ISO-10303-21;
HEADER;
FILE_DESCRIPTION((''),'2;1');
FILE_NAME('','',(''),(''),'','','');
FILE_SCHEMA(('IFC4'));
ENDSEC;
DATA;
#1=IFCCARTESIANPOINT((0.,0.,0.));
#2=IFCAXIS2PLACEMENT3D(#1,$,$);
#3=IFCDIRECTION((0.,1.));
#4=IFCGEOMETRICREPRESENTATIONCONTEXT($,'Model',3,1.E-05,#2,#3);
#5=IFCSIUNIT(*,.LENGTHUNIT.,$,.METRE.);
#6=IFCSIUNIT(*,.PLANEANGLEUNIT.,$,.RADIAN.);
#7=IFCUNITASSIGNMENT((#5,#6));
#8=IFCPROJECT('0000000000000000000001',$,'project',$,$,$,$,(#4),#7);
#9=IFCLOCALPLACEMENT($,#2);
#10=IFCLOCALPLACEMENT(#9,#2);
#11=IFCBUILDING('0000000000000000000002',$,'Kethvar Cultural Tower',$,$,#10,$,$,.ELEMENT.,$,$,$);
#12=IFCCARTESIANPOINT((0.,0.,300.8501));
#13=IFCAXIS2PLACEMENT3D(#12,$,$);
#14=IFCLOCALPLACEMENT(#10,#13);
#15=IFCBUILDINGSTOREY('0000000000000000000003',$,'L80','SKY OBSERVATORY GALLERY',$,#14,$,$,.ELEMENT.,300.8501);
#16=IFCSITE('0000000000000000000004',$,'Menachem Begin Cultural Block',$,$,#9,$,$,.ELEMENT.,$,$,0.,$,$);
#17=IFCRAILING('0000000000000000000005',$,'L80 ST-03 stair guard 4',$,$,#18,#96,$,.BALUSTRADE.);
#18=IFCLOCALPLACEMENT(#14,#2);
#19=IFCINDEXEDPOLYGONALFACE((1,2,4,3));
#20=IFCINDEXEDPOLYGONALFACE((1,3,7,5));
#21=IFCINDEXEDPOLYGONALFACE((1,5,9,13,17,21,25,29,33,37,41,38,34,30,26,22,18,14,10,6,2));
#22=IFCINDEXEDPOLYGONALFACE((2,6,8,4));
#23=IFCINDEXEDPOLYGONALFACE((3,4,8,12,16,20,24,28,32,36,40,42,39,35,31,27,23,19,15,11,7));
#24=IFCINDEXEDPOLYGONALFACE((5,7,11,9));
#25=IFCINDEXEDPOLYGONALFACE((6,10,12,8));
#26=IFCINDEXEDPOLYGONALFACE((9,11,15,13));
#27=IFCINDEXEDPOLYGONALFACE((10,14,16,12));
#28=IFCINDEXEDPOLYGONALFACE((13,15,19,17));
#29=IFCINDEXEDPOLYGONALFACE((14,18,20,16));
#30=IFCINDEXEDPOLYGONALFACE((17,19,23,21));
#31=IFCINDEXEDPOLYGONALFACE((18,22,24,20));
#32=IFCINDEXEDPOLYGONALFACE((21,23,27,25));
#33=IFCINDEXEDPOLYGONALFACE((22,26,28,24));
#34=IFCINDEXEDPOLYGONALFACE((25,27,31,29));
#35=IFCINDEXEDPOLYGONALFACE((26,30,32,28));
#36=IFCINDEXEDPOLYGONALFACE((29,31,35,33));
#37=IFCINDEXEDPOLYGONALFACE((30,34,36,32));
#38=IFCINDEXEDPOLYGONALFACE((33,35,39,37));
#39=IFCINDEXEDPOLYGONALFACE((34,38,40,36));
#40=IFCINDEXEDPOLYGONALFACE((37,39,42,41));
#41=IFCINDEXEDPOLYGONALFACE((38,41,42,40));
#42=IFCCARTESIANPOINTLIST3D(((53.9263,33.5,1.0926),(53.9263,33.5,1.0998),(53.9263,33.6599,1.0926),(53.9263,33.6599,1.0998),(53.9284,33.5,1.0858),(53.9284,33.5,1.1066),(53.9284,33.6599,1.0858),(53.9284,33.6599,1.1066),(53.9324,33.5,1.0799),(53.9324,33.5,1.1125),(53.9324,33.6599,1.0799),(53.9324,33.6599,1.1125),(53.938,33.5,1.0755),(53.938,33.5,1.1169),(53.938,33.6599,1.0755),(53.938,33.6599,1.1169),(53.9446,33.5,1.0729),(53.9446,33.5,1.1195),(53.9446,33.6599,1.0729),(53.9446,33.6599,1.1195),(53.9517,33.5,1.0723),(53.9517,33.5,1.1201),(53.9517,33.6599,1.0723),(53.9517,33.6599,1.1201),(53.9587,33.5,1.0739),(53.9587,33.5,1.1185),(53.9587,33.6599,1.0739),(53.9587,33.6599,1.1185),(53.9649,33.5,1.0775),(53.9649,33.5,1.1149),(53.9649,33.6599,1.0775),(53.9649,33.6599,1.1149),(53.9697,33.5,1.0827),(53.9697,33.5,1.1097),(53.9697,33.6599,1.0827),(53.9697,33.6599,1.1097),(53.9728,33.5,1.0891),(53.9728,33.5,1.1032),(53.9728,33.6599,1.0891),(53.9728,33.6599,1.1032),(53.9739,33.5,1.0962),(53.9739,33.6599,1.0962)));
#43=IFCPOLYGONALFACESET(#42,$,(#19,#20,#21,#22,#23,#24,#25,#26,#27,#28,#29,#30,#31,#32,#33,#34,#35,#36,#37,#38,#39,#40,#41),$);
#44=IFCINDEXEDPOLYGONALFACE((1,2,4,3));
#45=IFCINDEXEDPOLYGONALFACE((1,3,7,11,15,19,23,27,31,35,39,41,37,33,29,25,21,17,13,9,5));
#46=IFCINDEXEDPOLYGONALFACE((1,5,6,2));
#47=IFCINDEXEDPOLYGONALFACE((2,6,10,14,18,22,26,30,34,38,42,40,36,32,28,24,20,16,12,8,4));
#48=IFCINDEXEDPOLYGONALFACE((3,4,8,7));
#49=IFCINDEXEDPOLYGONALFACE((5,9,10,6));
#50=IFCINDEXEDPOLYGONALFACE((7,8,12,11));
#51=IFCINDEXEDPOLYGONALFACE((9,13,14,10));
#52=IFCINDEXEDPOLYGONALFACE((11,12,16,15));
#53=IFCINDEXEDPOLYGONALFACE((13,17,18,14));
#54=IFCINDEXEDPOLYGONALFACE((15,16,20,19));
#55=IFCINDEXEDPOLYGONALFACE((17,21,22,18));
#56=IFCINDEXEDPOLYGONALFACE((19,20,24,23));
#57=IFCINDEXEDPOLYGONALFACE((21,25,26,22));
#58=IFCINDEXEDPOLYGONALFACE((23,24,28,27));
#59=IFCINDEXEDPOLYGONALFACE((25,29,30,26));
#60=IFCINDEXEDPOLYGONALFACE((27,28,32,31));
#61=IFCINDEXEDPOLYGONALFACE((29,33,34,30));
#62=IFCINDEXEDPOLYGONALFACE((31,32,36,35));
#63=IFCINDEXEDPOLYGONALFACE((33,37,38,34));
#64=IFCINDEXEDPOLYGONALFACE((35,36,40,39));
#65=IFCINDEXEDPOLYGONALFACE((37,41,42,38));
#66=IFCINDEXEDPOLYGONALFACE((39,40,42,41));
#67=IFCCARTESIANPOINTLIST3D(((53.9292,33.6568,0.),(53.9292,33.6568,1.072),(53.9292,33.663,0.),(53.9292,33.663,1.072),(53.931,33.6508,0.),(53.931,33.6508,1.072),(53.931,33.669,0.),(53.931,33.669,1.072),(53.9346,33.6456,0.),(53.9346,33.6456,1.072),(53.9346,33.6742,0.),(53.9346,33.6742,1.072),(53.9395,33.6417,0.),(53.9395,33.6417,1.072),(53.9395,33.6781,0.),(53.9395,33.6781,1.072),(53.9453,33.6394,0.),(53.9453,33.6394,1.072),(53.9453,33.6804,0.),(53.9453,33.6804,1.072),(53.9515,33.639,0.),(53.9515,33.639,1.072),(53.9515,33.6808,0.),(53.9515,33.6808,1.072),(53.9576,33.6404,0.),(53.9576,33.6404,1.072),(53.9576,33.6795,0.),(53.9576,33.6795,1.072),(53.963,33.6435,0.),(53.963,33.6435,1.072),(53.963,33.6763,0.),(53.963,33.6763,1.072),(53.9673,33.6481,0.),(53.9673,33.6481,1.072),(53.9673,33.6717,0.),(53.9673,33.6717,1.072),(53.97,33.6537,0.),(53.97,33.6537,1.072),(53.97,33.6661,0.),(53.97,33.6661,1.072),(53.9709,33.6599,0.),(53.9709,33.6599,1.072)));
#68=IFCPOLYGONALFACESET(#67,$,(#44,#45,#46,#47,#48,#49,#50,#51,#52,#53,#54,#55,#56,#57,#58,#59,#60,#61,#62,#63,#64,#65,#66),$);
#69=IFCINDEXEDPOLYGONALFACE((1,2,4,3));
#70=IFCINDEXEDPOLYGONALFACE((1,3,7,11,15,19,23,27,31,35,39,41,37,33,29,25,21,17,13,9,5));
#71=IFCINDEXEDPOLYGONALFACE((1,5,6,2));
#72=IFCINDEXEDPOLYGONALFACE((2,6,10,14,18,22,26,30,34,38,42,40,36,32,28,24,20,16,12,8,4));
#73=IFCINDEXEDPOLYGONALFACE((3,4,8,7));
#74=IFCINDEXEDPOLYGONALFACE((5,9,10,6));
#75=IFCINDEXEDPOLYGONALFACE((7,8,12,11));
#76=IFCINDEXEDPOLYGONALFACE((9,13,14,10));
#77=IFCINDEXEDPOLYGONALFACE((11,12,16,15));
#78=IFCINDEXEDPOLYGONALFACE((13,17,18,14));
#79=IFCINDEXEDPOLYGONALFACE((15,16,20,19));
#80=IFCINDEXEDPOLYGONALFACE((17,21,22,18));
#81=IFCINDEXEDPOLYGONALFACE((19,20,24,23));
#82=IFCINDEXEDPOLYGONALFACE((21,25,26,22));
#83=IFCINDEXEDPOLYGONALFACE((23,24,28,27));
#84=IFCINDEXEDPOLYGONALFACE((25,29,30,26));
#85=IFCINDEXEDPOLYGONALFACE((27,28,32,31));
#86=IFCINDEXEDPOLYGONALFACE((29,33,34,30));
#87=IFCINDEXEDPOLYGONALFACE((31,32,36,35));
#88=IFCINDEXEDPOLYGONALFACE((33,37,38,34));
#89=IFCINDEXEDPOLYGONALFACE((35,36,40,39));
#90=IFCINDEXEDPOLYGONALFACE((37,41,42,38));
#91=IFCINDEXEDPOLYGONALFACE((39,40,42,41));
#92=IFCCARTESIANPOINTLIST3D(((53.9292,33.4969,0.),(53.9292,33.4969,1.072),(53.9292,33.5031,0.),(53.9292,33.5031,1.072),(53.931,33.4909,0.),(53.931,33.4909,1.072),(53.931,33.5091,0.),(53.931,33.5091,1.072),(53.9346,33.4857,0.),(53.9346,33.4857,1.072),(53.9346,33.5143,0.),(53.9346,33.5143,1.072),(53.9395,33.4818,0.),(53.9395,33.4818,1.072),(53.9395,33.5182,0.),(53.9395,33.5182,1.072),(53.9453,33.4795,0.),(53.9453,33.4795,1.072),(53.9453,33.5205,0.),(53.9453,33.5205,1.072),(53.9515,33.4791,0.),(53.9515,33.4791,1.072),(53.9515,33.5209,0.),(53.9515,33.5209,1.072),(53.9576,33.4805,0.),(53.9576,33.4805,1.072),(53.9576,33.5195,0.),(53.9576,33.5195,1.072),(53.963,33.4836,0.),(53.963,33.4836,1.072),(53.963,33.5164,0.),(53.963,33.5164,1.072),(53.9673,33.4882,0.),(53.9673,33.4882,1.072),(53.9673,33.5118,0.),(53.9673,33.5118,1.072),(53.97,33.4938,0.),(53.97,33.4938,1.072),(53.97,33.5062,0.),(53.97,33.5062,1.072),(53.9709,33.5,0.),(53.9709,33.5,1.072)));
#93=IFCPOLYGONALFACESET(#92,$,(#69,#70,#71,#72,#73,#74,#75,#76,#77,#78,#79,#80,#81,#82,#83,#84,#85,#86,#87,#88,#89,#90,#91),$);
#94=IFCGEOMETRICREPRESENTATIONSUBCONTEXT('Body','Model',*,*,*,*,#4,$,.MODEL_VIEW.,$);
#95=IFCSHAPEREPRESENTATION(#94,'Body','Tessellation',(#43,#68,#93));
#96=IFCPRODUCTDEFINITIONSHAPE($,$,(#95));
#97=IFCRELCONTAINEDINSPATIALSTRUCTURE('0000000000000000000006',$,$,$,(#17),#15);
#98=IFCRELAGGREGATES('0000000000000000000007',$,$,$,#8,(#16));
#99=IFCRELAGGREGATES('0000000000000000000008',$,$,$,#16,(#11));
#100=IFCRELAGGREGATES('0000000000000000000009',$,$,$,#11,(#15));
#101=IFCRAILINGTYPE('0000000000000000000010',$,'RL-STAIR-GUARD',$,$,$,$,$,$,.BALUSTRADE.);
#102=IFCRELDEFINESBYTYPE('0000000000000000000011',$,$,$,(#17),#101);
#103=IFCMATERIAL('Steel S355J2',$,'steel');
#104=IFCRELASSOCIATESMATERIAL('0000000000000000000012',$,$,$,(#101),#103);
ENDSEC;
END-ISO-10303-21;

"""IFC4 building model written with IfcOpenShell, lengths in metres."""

from ifc_helpers import new_model, si_unit, direction, frame, origin, origin_2d, place, context, subcontext, project, spatial, circle, extrude, material, type_object, element, save


model = new_model("IFC4")

# Units and contexts
model_context = context("Model", 3, precision=1e-05, world=origin(), true_north=direction((0.0, 1.0)))
body_context = subcontext(model_context, "Body", "Model", "MODEL_VIEW")
ifc_project = project(units=[si_unit("LENGTHUNIT", "METRE"), si_unit("PLANEANGLEUNIT", "RADIAN")], contexts=[model_context])

# Site, building, storey
site_placement = place(None, origin())
site = spatial("IfcSite", under=ifc_project, at=site_placement, Name="Menachem Begin Cultural Block", CompositionType="ELEMENT", RefElevation=0.0)
building_placement = place(site_placement, origin())
building = spatial("IfcBuilding", under=site, at=building_placement, Name="Kethvar Cultural Tower", CompositionType="ELEMENT")
storey_placement = place(building_placement, frame((0.0, 0.0, 300.8501)))
storey = spatial("IfcBuildingStorey", under=building, at=storey_placement, Name="L80", Description="SKY OBSERVATORY GALLERY", CompositionType="ELEMENT", Elevation=300.8501)

# Shared definitions
ifc_material_1 = material(Name="Steel S355J2", Category="steel")

# Railing
railing_type_1 = type_object("IfcRailingType", Name="RL-STAIR-GUARD", PredefinedType="BALUSTRADE", material=ifc_material_1)
railing_1_placement = place(storey_placement, frame((53.95, 33.6599, 0.0)))
element("IfcRailing", 1, at=railing_1_placement, inside=storey, type_object=railing_type_1, Name="L80 ST-03 stair guard 4", PredefinedType="BALUSTRADE", context=body_context, shape_type="SweptSolid", body=[
    extrude(circle(Radius=0.0239, at=origin_2d()), frame((0.0, 0.0, 1.0962), z_axis=(0.0, -1.0, 0.0), x_axis=(1.0, 0.0, 0.0)), (0.0, 0.0, 1.0), 0.1599),
    extrude(circle(Radius=0.021, at=origin_2d()), origin(), (0.0, 0.0, 1.0), 1.072),
    extrude(circle(Radius=0.021, at=origin_2d()), frame((0.0, -0.1599, 0.0)), (0.0, 0.0, 1.0), 1.072),
])

save(model, "model.ifc")
